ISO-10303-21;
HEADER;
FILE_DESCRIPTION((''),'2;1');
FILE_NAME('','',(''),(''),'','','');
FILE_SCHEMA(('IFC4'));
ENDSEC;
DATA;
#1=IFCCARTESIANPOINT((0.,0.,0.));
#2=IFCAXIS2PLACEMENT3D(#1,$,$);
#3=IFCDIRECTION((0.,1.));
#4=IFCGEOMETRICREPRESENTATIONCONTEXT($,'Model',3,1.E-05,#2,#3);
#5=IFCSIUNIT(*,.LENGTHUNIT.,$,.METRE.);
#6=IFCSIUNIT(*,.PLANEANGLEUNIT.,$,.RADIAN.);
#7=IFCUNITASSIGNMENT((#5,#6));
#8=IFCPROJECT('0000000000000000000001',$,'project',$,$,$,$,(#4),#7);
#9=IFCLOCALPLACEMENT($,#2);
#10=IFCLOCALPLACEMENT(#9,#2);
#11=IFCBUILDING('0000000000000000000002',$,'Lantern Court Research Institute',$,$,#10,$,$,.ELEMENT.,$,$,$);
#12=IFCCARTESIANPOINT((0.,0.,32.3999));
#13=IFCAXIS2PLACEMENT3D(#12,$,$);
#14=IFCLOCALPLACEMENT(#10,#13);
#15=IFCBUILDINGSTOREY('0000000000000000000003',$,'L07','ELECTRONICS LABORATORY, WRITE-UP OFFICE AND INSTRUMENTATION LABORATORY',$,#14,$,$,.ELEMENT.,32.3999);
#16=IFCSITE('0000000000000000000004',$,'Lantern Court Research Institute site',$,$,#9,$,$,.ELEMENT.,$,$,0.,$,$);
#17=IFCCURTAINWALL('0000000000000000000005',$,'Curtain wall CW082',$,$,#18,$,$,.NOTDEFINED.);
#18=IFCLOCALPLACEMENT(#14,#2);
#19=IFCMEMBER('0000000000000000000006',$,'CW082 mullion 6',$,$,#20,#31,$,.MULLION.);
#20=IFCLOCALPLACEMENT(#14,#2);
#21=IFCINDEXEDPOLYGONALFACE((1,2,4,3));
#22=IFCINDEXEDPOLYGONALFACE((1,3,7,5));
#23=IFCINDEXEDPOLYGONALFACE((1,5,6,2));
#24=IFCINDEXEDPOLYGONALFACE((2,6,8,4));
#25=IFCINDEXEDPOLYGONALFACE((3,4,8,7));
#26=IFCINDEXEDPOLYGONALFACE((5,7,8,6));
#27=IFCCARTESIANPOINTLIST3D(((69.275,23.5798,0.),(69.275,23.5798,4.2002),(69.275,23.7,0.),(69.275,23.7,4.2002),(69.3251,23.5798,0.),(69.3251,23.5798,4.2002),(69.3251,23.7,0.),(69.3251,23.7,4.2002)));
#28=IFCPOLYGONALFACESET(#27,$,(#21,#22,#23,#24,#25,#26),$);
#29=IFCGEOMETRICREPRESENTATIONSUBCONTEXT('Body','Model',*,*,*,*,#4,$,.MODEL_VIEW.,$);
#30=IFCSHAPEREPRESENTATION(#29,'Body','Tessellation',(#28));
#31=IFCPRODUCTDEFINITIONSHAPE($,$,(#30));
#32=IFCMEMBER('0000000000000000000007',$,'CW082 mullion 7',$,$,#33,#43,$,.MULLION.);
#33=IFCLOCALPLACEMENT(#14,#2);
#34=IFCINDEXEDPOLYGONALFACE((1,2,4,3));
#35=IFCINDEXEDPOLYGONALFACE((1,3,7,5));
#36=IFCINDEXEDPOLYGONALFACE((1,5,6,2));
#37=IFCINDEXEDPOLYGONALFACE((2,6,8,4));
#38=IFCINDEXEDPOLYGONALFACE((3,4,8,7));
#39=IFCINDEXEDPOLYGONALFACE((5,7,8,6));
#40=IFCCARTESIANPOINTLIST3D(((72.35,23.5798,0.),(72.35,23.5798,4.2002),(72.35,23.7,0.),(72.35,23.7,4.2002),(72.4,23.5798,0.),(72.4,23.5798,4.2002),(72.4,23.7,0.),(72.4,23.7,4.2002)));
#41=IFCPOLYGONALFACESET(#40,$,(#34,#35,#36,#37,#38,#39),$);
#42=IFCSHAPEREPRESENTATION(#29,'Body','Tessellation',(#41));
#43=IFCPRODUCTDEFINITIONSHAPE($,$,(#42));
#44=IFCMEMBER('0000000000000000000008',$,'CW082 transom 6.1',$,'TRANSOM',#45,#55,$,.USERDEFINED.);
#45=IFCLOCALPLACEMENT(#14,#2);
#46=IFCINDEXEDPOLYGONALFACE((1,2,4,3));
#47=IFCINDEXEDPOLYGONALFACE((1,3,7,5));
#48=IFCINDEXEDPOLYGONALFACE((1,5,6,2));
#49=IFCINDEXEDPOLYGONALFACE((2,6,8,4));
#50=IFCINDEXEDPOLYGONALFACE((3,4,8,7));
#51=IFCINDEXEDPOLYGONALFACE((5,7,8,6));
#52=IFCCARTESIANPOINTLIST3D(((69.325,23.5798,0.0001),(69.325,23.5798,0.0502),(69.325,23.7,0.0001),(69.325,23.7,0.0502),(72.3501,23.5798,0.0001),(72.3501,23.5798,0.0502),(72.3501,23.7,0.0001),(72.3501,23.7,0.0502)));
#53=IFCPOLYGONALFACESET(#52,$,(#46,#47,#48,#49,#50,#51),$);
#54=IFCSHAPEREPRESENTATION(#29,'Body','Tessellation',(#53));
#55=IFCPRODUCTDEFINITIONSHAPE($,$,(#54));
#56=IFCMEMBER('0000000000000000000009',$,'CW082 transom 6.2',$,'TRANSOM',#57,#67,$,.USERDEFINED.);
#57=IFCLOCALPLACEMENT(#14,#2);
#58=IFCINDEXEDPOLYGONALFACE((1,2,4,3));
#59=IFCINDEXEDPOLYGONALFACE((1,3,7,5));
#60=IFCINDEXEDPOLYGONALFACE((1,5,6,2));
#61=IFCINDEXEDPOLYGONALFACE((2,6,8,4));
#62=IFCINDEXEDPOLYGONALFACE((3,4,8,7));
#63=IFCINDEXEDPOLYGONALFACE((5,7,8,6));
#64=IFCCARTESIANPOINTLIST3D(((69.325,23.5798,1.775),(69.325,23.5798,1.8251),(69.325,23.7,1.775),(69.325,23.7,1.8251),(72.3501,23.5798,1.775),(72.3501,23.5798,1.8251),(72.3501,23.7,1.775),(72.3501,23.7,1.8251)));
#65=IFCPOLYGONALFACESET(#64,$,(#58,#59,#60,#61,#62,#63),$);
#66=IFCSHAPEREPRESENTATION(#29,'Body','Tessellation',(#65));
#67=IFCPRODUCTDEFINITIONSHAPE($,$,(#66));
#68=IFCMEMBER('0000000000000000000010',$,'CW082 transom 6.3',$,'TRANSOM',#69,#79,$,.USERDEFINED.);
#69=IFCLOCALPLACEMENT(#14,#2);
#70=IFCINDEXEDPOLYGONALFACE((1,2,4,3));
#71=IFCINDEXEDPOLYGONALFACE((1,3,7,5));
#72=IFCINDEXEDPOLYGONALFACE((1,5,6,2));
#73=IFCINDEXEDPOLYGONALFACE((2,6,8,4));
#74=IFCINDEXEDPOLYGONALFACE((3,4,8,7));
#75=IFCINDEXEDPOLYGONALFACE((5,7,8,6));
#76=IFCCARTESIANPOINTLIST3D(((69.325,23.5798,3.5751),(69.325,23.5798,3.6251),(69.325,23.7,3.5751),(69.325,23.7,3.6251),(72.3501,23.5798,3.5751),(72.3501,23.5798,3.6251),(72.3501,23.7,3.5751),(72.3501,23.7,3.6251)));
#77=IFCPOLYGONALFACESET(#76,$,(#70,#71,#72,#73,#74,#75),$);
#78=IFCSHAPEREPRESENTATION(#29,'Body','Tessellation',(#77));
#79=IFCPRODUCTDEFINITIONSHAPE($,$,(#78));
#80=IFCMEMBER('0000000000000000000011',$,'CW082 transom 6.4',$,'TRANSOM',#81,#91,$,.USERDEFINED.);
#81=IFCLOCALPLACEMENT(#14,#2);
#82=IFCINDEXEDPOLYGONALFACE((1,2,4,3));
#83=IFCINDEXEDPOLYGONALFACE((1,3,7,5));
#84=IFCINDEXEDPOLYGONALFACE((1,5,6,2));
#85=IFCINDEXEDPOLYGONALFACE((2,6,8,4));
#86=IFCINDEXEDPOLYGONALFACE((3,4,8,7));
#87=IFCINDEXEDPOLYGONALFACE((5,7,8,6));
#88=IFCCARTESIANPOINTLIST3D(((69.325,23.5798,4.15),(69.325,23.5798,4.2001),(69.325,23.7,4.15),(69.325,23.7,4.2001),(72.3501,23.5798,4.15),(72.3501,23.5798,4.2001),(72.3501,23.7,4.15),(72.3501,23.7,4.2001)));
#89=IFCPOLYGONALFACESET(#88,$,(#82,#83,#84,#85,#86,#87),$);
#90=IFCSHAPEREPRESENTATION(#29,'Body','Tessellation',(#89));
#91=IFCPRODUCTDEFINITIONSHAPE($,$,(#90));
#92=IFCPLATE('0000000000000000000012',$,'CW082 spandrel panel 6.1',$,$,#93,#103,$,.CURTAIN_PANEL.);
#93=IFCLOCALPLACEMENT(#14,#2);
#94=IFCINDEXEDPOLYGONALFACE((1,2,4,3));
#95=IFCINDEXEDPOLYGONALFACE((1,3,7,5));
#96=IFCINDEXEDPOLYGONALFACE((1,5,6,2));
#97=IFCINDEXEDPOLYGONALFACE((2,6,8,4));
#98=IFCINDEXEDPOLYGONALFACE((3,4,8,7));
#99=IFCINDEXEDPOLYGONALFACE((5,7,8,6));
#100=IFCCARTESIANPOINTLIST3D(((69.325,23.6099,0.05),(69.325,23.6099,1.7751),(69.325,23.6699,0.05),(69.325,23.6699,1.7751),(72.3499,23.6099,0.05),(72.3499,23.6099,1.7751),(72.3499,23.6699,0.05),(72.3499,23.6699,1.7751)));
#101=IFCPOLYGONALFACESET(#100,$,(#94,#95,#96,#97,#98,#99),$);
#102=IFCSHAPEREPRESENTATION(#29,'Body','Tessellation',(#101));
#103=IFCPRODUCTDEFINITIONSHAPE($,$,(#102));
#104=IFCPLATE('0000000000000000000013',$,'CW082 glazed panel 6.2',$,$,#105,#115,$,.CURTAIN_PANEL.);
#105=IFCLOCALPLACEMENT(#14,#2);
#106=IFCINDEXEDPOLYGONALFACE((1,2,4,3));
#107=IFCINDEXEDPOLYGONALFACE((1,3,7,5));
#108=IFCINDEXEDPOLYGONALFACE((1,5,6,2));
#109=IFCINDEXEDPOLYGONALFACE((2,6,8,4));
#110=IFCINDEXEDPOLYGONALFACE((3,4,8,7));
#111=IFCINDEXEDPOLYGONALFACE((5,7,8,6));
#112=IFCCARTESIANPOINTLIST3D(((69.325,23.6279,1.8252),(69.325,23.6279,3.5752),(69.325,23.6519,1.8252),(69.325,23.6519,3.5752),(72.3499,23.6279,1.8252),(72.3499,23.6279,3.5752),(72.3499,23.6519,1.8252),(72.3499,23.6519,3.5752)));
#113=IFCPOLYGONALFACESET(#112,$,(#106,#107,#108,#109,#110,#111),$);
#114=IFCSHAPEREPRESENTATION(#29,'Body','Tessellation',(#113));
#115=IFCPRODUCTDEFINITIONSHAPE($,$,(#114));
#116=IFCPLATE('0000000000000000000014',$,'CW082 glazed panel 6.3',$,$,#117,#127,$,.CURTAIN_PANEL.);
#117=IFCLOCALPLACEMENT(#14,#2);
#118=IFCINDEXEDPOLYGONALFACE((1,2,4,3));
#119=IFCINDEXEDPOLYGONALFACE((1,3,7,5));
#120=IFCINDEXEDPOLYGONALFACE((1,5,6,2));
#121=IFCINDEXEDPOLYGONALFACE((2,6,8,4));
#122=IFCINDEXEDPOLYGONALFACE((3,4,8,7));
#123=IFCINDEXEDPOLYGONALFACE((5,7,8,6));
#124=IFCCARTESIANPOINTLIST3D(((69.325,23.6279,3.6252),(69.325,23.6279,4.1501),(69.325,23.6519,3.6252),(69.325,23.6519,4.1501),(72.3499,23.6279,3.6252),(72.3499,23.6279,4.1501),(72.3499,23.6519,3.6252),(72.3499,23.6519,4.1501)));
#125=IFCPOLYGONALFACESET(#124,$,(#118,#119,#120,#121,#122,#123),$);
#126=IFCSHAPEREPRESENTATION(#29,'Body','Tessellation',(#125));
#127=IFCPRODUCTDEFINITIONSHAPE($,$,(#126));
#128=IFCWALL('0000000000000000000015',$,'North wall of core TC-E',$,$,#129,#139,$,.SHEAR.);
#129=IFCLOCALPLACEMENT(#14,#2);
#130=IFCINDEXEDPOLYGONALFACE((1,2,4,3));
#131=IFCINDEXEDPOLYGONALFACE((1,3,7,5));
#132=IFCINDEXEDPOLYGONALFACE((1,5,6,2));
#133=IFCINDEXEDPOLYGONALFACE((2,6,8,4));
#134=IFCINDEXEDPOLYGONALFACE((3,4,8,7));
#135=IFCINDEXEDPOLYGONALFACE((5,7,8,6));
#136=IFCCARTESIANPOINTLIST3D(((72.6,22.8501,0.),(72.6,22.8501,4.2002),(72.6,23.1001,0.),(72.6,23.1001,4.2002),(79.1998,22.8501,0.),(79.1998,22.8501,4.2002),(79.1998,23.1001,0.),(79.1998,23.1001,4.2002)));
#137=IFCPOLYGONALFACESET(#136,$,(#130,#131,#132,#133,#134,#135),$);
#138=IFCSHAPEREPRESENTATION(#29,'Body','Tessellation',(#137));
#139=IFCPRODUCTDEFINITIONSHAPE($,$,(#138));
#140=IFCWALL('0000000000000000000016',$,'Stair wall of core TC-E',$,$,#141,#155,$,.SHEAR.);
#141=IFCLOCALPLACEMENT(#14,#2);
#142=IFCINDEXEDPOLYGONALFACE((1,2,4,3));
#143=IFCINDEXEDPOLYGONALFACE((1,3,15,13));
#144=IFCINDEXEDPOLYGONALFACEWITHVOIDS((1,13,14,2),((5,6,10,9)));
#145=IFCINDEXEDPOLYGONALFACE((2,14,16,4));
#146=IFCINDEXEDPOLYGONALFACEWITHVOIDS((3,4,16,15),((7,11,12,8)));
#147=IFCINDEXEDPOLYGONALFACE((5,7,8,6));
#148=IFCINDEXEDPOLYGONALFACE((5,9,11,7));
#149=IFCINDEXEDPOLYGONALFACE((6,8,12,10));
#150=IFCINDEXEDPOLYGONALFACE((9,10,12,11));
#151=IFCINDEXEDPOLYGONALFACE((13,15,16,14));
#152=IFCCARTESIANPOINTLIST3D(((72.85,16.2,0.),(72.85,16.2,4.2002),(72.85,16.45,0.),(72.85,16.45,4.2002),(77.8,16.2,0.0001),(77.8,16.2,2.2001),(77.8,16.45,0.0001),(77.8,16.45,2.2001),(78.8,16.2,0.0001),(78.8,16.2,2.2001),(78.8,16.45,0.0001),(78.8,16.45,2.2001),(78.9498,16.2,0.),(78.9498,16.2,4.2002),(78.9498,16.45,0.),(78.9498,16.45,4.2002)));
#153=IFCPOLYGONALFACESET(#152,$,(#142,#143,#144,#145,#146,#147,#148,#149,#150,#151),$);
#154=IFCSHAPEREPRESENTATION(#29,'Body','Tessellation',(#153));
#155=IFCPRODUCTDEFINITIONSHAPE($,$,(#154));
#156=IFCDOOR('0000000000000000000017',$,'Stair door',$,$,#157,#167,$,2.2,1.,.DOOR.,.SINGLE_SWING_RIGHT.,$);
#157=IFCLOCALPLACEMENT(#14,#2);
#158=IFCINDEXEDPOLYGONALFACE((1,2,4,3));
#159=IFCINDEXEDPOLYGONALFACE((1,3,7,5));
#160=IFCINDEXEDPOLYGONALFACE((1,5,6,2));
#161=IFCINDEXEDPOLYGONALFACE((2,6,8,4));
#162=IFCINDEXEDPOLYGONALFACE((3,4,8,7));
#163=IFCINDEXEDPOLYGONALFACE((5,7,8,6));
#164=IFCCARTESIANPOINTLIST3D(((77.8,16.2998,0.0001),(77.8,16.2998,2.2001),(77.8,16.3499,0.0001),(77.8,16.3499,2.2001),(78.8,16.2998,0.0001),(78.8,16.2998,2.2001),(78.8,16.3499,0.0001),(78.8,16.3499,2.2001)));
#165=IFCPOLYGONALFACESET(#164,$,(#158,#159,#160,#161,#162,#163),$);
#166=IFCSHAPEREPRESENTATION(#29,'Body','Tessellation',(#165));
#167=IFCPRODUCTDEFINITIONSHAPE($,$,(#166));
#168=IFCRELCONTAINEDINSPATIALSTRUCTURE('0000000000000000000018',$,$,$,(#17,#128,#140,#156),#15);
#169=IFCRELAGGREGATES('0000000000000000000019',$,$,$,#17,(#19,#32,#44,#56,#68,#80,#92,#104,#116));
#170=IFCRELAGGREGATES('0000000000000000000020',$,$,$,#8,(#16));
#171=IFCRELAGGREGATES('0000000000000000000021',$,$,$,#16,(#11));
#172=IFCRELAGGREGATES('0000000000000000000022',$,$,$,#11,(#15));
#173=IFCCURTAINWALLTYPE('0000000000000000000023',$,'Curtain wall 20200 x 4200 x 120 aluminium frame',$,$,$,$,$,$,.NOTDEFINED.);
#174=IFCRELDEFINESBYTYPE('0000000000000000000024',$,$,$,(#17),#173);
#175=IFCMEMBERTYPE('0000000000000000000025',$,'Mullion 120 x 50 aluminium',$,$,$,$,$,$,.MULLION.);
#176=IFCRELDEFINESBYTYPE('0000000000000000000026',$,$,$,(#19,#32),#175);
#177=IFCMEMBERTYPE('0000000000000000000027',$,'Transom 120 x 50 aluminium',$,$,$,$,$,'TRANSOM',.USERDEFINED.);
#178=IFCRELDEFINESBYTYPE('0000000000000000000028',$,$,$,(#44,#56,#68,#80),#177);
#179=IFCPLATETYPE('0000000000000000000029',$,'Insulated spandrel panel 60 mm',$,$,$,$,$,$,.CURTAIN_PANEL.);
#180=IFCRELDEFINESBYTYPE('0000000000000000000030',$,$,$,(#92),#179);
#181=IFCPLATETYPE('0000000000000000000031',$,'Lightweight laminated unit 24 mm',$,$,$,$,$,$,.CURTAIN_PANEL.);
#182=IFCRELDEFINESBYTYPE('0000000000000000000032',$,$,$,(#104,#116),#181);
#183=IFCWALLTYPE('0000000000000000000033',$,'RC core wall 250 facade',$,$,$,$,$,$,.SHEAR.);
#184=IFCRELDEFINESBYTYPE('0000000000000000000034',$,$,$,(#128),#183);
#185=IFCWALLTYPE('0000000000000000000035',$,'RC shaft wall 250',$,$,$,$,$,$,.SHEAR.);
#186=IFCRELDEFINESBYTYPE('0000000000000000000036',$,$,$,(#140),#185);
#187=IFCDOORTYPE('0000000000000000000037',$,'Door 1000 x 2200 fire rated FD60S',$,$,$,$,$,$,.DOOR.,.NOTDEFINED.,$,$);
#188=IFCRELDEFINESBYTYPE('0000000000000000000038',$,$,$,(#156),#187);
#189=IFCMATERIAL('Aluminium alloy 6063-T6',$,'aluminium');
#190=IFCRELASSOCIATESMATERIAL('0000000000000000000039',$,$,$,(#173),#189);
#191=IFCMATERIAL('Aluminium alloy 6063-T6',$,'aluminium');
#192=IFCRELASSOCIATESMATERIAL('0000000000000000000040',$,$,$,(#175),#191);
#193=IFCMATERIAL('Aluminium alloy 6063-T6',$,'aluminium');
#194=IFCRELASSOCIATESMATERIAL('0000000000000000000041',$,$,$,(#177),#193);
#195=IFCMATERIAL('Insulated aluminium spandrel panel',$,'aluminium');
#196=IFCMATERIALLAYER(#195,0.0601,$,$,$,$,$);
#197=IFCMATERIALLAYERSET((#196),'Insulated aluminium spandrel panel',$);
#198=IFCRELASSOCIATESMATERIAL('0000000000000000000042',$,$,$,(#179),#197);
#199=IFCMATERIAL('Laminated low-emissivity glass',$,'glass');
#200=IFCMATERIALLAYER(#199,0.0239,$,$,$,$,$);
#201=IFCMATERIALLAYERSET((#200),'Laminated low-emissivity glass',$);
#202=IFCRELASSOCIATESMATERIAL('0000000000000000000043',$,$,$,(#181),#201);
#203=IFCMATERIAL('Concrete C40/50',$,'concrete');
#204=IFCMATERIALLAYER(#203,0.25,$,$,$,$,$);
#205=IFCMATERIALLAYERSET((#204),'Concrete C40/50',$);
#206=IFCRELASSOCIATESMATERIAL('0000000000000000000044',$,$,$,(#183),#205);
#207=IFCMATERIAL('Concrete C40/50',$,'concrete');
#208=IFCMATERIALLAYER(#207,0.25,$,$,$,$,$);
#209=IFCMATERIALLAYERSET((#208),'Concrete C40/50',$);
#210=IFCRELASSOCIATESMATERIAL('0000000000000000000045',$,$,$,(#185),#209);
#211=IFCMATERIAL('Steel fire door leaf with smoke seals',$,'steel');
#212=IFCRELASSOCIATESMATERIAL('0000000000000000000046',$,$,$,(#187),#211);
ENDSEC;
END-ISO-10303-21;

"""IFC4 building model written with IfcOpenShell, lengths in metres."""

from ifc_helpers import new_model, si_unit, direction, frame, frame_2d, origin, origin_2d, place, context, subcontext, project, spatial, rectangle, extrude, material, layer, layer_set, material_profile, profile_set, type_object, element, fill, aggregate, save


model = new_model("IFC4")

# Units and contexts
model_context = context("Model", 3, precision=1e-05, world=origin(), true_north=direction((0.0, 1.0)))
body_context = subcontext(model_context, "Body", "Model", "MODEL_VIEW")
ifc_project = project(units=[si_unit("LENGTHUNIT", "METRE"), si_unit("PLANEANGLEUNIT", "RADIAN")], contexts=[model_context])

# Site, building, storey
site_placement = place(None, origin())
site = spatial("IfcSite", under=ifc_project, at=site_placement, Name="Lantern Court Research Institute site", CompositionType="ELEMENT", RefElevation=0.0)
building_placement = place(site_placement, origin())
building = spatial("IfcBuilding", under=site, at=building_placement, Name="Lantern Court Research Institute", CompositionType="ELEMENT")
storey_placement = place(building_placement, frame((0.0, 0.0, 32.3999)))
storey = spatial("IfcBuildingStorey", under=building, at=storey_placement, Name="L07", Description="ELECTRONICS LABORATORY, WRITE-UP OFFICE AND INSTRUMENTATION LABORATORY", CompositionType="ELEMENT", Elevation=32.3999)

# Curtain wall, members, plates
ifc_material_1 = material(Name="Aluminium alloy 6063-T6", Category="aluminium")
curtain_wall_type = type_object("IfcCurtainWallType", Name="Curtain wall 20200 x 4200 x 120 aluminium frame", PredefinedType="NOTDEFINED", material=ifc_material_1)
curtain_wall_placement = place(storey_placement, origin())
curtain_wall = element("IfcCurtainWall", 1, at=curtain_wall_placement, inside=storey, type_object=curtain_wall_type, Name="Curtain wall CW082", PredefinedType="NOTDEFINED")
ifc_material_2 = material(Name="Aluminium alloy 6063-T6", Category="aluminium")
ifc_material_profile_1 = material_profile(ifc_material_2, rectangle(XDim=0.1201, YDim=0.05, at=origin_2d()), Name="Mullion 120 x 50")
ifc_profile_set_1 = profile_set([ifc_material_profile_1], Name="Aluminium alloy 6063-T6")
member_type_1 = type_object("IfcMemberType", Name="Mullion 120 x 50 aluminium", PredefinedType="MULLION", material=ifc_profile_set_1)
member_1_placement = place(storey_placement, frame((69.3, 23.6399, 0.0), z_axis=(0.0, 0.0, 1.0), x_axis=(0.0, 1.0, 0.0)))
member_1 = element("IfcMember", 2, at=member_1_placement, type_object=member_type_1, Name="CW082 mullion 6", PredefinedType="MULLION", context=body_context, shape_type="SweptSolid", body=[
    extrude(rectangle(XDim=0.1201, YDim=0.05, at=origin_2d()), origin(), (0.0, 0.0, 1.0), 4.2002),
])
member_2_placement = place(storey_placement, frame((72.375, 23.6399, 0.0), z_axis=(0.0, 0.0, 1.0), x_axis=(0.0, 1.0, 0.0)))
member_2 = element("IfcMember", 3, at=member_2_placement, type_object=member_type_1, Name="CW082 mullion 7", PredefinedType="MULLION", context=body_context, shape_type="SweptSolid", body=[
    extrude(rectangle(XDim=0.1201, YDim=0.05, at=origin_2d()), origin(), (0.0, 0.0, 1.0), 4.2002),
])
ifc_material_3 = material(Name="Aluminium alloy 6063-T6", Category="aluminium")
ifc_material_profile_2 = material_profile(ifc_material_3, rectangle(XDim=0.1201, YDim=0.05, at=origin_2d()), Name="Transom 120 x 50")
ifc_profile_set_2 = profile_set([ifc_material_profile_2], Name="Aluminium alloy 6063-T6")
member_type_2 = type_object("IfcMemberType", Name="Transom 120 x 50 aluminium", ElementType="TRANSOM", PredefinedType="USERDEFINED", material=ifc_profile_set_2)
member_3_placement = place(storey_placement, frame((69.325, 23.6399, 0.0251), z_axis=(1.0, 0.0, 0.0), x_axis=(0.0, 1.0, 0.0)))
member_3 = element("IfcMember", 4, at=member_3_placement, type_object=member_type_2, Name="CW082 transom 6.1", ObjectType="TRANSOM", PredefinedType="USERDEFINED", context=body_context, shape_type="SweptSolid", body=[
    extrude(rectangle(XDim=0.1201, YDim=0.05, at=origin_2d()), origin(), (0.0, 0.0, 1.0), 3.0251),
])
member_4_placement = place(storey_placement, frame((69.325, 23.6399, 1.8), z_axis=(1.0, 0.0, 0.0), x_axis=(0.0, 1.0, 0.0)))
member_4 = element("IfcMember", 5, at=member_4_placement, type_object=member_type_2, Name="CW082 transom 6.2", ObjectType="TRANSOM", PredefinedType="USERDEFINED", context=body_context, shape_type="SweptSolid", body=[
    extrude(rectangle(XDim=0.1201, YDim=0.05, at=origin_2d()), origin(), (0.0, 0.0, 1.0), 3.0251),
])
member_5_placement = place(storey_placement, frame((69.325, 23.6399, 3.6001), z_axis=(1.0, 0.0, 0.0), x_axis=(0.0, 1.0, 0.0)))
member_5 = element("IfcMember", 6, at=member_5_placement, type_object=member_type_2, Name="CW082 transom 6.3", ObjectType="TRANSOM", PredefinedType="USERDEFINED", context=body_context, shape_type="SweptSolid", body=[
    extrude(rectangle(XDim=0.1201, YDim=0.05, at=origin_2d()), origin(), (0.0, 0.0, 1.0), 3.0251),
])
member_6_placement = place(storey_placement, frame((69.325, 23.6399, 4.175), z_axis=(1.0, 0.0, 0.0), x_axis=(0.0, 1.0, 0.0)))
member_6 = element("IfcMember", 7, at=member_6_placement, type_object=member_type_2, Name="CW082 transom 6.4", ObjectType="TRANSOM", PredefinedType="USERDEFINED", context=body_context, shape_type="SweptSolid", body=[
    extrude(rectangle(XDim=0.1201, YDim=0.05, at=origin_2d()), origin(), (0.0, 0.0, 1.0), 3.0251),
])
ifc_material_4 = material(Name="Insulated aluminium spandrel panel", Category="aluminium")
ifc_layer_1 = layer(ifc_material_4, 0.0601)
ifc_layer_set_1 = layer_set([ifc_layer_1], Name="Insulated aluminium spandrel panel")
plate_type_1 = type_object("IfcPlateType", Name="Insulated spandrel panel 60 mm", PredefinedType="CURTAIN_PANEL", material=ifc_layer_set_1)
plate_1_placement = place(storey_placement, frame((70.8374, 23.6399, 0.05), z_axis=(0.0, 0.0, 1.0), x_axis=(1.0, 0.0, 0.0)))
plate_1 = element("IfcPlate", 8, at=plate_1_placement, type_object=plate_type_1, Name="CW082 spandrel panel 6.1", PredefinedType="CURTAIN_PANEL", context=body_context, shape_type="SweptSolid", body=[
    extrude(rectangle(XDim=3.0249, YDim=0.0601, at=origin_2d()), origin(), (0.0, 0.0, 1.0), 1.7251),
])
ifc_material_5 = material(Name="Laminated low-emissivity glass", Category="glass")
ifc_layer_2 = layer(ifc_material_5, 0.0239)
ifc_layer_set_2 = layer_set([ifc_layer_2], Name="Laminated low-emissivity glass")
plate_type_2 = type_object("IfcPlateType", Name="Lightweight laminated unit 24 mm", PredefinedType="CURTAIN_PANEL", material=ifc_layer_set_2)
plate_2_placement = place(storey_placement, frame((70.8374, 23.6399, 1.8252), z_axis=(0.0, 0.0, 1.0), x_axis=(1.0, 0.0, 0.0)))
plate_2 = element("IfcPlate", 9, at=plate_2_placement, type_object=plate_type_2, Name="CW082 glazed panel 6.2", PredefinedType="CURTAIN_PANEL", context=body_context, shape_type="SweptSolid", body=[
    extrude(rectangle(XDim=3.0249, YDim=0.0239, at=origin_2d()), origin(), (0.0, 0.0, 1.0), 1.75),
])
plate_3_placement = place(storey_placement, frame((70.8374, 23.6399, 3.6252), z_axis=(0.0, 0.0, 1.0), x_axis=(1.0, 0.0, 0.0)))
plate_3 = element("IfcPlate", 10, at=plate_3_placement, type_object=plate_type_2, Name="CW082 glazed panel 6.3", PredefinedType="CURTAIN_PANEL", context=body_context, shape_type="SweptSolid", body=[
    extrude(rectangle(XDim=3.0249, YDim=0.0239, at=origin_2d()), origin(), (0.0, 0.0, 1.0), 0.5249),
])
aggregate(curtain_wall, [member_1, member_2, member_3, member_4, member_5, member_6, plate_1, plate_2, plate_3])

# Wall
ifc_material_6 = material(Name="Concrete C40/50", Category="concrete")
ifc_layer_3 = layer(ifc_material_6, 0.25)
ifc_layer_set_3 = layer_set([ifc_layer_3], Name="Concrete C40/50")
wall_type_1 = type_object("IfcWallType", Name="RC core wall 250 facade", PredefinedType="SHEAR", material=ifc_layer_set_3)
wall_1_placement = place(storey_placement, frame((72.6001, 22.9751, 0.0), z_axis=(0.0, 0.0, 1.0), x_axis=(1.0, 0.0, 0.0)))
element("IfcWall", 11, at=wall_1_placement, inside=storey, type_object=wall_type_1, Name="North wall of core TC-E", PredefinedType="SHEAR", context=body_context, shape_type="SweptSolid", body=[
    extrude(rectangle(XDim=6.5999, YDim=0.25, at=frame_2d((3.2998, 0.0))), origin(), (0.0, 0.0, 1.0), 4.2002),
])

# Wall, opening, door
ifc_material_7 = material(Name="Concrete C40/50", Category="concrete")
ifc_layer_4 = layer(ifc_material_7, 0.25)
ifc_layer_set_4 = layer_set([ifc_layer_4], Name="Concrete C40/50")
wall_type_2 = type_object("IfcWallType", Name="RC shaft wall 250", PredefinedType="SHEAR", material=ifc_layer_set_4)
wall_2_placement = place(storey_placement, frame((72.8501, 16.325, 0.0), z_axis=(0.0, 0.0, 1.0), x_axis=(1.0, 0.0, 0.0)))
wall_2 = element("IfcWall", 12, at=wall_2_placement, inside=storey, type_object=wall_type_2, Name="Stair wall of core TC-E", PredefinedType="SHEAR", context=body_context, shape_type="SweptSolid", body=[
    extrude(rectangle(XDim=6.0999, YDim=0.25, at=frame_2d((3.0498, 0.0))), origin(), (0.0, 0.0, 1.0), 4.2002),
])
opening_1_placement = place(wall_2_placement, frame((4.95, 0.0, 0.0)))
opening_1 = element("IfcOpeningElement", 13, at=opening_1_placement, cuts=wall_2, PredefinedType="OPENING", context=body_context, shape_type="SweptSolid", body=[
    extrude(rectangle(XDim=1.0, YDim=2.2, at=frame_2d((0.5, 1.1001))), frame((0.0, 0.135, 0.0), z_axis=(0.0, -1.0, 0.0), x_axis=(1.0, 0.0, 0.0)), (0.0, 0.0, 1.0), 0.27),
])
ifc_material_8 = material(Name="Steel fire door leaf with smoke seals", Category="steel")
door_type_1 = type_object("IfcDoorType", Name="Door 1000 x 2200 fire rated FD60S", OperationType="NOTDEFINED", PredefinedType="DOOR", material=ifc_material_8)
door_1_placement = place(opening_1_placement, origin())
door_1 = element("IfcDoor", 14, at=door_1_placement, inside=storey, type_object=door_type_1, Name="Stair door", OperationType="SINGLE_SWING_RIGHT", OverallHeight=2.2, OverallWidth=1.0, PredefinedType="DOOR", context=body_context, shape_type="SweptSolid", body=[
    extrude(rectangle(XDim=1.0, YDim=2.2, at=frame_2d((0.5, 1.1001))), frame((0.0, 0.0249, 0.0), z_axis=(0.0, -1.0, 0.0), x_axis=(1.0, 0.0, 0.0)), (0.0, 0.0, 1.0), 0.05),
])
fill(opening_1, door_1)

save(model, "model.ifc")
